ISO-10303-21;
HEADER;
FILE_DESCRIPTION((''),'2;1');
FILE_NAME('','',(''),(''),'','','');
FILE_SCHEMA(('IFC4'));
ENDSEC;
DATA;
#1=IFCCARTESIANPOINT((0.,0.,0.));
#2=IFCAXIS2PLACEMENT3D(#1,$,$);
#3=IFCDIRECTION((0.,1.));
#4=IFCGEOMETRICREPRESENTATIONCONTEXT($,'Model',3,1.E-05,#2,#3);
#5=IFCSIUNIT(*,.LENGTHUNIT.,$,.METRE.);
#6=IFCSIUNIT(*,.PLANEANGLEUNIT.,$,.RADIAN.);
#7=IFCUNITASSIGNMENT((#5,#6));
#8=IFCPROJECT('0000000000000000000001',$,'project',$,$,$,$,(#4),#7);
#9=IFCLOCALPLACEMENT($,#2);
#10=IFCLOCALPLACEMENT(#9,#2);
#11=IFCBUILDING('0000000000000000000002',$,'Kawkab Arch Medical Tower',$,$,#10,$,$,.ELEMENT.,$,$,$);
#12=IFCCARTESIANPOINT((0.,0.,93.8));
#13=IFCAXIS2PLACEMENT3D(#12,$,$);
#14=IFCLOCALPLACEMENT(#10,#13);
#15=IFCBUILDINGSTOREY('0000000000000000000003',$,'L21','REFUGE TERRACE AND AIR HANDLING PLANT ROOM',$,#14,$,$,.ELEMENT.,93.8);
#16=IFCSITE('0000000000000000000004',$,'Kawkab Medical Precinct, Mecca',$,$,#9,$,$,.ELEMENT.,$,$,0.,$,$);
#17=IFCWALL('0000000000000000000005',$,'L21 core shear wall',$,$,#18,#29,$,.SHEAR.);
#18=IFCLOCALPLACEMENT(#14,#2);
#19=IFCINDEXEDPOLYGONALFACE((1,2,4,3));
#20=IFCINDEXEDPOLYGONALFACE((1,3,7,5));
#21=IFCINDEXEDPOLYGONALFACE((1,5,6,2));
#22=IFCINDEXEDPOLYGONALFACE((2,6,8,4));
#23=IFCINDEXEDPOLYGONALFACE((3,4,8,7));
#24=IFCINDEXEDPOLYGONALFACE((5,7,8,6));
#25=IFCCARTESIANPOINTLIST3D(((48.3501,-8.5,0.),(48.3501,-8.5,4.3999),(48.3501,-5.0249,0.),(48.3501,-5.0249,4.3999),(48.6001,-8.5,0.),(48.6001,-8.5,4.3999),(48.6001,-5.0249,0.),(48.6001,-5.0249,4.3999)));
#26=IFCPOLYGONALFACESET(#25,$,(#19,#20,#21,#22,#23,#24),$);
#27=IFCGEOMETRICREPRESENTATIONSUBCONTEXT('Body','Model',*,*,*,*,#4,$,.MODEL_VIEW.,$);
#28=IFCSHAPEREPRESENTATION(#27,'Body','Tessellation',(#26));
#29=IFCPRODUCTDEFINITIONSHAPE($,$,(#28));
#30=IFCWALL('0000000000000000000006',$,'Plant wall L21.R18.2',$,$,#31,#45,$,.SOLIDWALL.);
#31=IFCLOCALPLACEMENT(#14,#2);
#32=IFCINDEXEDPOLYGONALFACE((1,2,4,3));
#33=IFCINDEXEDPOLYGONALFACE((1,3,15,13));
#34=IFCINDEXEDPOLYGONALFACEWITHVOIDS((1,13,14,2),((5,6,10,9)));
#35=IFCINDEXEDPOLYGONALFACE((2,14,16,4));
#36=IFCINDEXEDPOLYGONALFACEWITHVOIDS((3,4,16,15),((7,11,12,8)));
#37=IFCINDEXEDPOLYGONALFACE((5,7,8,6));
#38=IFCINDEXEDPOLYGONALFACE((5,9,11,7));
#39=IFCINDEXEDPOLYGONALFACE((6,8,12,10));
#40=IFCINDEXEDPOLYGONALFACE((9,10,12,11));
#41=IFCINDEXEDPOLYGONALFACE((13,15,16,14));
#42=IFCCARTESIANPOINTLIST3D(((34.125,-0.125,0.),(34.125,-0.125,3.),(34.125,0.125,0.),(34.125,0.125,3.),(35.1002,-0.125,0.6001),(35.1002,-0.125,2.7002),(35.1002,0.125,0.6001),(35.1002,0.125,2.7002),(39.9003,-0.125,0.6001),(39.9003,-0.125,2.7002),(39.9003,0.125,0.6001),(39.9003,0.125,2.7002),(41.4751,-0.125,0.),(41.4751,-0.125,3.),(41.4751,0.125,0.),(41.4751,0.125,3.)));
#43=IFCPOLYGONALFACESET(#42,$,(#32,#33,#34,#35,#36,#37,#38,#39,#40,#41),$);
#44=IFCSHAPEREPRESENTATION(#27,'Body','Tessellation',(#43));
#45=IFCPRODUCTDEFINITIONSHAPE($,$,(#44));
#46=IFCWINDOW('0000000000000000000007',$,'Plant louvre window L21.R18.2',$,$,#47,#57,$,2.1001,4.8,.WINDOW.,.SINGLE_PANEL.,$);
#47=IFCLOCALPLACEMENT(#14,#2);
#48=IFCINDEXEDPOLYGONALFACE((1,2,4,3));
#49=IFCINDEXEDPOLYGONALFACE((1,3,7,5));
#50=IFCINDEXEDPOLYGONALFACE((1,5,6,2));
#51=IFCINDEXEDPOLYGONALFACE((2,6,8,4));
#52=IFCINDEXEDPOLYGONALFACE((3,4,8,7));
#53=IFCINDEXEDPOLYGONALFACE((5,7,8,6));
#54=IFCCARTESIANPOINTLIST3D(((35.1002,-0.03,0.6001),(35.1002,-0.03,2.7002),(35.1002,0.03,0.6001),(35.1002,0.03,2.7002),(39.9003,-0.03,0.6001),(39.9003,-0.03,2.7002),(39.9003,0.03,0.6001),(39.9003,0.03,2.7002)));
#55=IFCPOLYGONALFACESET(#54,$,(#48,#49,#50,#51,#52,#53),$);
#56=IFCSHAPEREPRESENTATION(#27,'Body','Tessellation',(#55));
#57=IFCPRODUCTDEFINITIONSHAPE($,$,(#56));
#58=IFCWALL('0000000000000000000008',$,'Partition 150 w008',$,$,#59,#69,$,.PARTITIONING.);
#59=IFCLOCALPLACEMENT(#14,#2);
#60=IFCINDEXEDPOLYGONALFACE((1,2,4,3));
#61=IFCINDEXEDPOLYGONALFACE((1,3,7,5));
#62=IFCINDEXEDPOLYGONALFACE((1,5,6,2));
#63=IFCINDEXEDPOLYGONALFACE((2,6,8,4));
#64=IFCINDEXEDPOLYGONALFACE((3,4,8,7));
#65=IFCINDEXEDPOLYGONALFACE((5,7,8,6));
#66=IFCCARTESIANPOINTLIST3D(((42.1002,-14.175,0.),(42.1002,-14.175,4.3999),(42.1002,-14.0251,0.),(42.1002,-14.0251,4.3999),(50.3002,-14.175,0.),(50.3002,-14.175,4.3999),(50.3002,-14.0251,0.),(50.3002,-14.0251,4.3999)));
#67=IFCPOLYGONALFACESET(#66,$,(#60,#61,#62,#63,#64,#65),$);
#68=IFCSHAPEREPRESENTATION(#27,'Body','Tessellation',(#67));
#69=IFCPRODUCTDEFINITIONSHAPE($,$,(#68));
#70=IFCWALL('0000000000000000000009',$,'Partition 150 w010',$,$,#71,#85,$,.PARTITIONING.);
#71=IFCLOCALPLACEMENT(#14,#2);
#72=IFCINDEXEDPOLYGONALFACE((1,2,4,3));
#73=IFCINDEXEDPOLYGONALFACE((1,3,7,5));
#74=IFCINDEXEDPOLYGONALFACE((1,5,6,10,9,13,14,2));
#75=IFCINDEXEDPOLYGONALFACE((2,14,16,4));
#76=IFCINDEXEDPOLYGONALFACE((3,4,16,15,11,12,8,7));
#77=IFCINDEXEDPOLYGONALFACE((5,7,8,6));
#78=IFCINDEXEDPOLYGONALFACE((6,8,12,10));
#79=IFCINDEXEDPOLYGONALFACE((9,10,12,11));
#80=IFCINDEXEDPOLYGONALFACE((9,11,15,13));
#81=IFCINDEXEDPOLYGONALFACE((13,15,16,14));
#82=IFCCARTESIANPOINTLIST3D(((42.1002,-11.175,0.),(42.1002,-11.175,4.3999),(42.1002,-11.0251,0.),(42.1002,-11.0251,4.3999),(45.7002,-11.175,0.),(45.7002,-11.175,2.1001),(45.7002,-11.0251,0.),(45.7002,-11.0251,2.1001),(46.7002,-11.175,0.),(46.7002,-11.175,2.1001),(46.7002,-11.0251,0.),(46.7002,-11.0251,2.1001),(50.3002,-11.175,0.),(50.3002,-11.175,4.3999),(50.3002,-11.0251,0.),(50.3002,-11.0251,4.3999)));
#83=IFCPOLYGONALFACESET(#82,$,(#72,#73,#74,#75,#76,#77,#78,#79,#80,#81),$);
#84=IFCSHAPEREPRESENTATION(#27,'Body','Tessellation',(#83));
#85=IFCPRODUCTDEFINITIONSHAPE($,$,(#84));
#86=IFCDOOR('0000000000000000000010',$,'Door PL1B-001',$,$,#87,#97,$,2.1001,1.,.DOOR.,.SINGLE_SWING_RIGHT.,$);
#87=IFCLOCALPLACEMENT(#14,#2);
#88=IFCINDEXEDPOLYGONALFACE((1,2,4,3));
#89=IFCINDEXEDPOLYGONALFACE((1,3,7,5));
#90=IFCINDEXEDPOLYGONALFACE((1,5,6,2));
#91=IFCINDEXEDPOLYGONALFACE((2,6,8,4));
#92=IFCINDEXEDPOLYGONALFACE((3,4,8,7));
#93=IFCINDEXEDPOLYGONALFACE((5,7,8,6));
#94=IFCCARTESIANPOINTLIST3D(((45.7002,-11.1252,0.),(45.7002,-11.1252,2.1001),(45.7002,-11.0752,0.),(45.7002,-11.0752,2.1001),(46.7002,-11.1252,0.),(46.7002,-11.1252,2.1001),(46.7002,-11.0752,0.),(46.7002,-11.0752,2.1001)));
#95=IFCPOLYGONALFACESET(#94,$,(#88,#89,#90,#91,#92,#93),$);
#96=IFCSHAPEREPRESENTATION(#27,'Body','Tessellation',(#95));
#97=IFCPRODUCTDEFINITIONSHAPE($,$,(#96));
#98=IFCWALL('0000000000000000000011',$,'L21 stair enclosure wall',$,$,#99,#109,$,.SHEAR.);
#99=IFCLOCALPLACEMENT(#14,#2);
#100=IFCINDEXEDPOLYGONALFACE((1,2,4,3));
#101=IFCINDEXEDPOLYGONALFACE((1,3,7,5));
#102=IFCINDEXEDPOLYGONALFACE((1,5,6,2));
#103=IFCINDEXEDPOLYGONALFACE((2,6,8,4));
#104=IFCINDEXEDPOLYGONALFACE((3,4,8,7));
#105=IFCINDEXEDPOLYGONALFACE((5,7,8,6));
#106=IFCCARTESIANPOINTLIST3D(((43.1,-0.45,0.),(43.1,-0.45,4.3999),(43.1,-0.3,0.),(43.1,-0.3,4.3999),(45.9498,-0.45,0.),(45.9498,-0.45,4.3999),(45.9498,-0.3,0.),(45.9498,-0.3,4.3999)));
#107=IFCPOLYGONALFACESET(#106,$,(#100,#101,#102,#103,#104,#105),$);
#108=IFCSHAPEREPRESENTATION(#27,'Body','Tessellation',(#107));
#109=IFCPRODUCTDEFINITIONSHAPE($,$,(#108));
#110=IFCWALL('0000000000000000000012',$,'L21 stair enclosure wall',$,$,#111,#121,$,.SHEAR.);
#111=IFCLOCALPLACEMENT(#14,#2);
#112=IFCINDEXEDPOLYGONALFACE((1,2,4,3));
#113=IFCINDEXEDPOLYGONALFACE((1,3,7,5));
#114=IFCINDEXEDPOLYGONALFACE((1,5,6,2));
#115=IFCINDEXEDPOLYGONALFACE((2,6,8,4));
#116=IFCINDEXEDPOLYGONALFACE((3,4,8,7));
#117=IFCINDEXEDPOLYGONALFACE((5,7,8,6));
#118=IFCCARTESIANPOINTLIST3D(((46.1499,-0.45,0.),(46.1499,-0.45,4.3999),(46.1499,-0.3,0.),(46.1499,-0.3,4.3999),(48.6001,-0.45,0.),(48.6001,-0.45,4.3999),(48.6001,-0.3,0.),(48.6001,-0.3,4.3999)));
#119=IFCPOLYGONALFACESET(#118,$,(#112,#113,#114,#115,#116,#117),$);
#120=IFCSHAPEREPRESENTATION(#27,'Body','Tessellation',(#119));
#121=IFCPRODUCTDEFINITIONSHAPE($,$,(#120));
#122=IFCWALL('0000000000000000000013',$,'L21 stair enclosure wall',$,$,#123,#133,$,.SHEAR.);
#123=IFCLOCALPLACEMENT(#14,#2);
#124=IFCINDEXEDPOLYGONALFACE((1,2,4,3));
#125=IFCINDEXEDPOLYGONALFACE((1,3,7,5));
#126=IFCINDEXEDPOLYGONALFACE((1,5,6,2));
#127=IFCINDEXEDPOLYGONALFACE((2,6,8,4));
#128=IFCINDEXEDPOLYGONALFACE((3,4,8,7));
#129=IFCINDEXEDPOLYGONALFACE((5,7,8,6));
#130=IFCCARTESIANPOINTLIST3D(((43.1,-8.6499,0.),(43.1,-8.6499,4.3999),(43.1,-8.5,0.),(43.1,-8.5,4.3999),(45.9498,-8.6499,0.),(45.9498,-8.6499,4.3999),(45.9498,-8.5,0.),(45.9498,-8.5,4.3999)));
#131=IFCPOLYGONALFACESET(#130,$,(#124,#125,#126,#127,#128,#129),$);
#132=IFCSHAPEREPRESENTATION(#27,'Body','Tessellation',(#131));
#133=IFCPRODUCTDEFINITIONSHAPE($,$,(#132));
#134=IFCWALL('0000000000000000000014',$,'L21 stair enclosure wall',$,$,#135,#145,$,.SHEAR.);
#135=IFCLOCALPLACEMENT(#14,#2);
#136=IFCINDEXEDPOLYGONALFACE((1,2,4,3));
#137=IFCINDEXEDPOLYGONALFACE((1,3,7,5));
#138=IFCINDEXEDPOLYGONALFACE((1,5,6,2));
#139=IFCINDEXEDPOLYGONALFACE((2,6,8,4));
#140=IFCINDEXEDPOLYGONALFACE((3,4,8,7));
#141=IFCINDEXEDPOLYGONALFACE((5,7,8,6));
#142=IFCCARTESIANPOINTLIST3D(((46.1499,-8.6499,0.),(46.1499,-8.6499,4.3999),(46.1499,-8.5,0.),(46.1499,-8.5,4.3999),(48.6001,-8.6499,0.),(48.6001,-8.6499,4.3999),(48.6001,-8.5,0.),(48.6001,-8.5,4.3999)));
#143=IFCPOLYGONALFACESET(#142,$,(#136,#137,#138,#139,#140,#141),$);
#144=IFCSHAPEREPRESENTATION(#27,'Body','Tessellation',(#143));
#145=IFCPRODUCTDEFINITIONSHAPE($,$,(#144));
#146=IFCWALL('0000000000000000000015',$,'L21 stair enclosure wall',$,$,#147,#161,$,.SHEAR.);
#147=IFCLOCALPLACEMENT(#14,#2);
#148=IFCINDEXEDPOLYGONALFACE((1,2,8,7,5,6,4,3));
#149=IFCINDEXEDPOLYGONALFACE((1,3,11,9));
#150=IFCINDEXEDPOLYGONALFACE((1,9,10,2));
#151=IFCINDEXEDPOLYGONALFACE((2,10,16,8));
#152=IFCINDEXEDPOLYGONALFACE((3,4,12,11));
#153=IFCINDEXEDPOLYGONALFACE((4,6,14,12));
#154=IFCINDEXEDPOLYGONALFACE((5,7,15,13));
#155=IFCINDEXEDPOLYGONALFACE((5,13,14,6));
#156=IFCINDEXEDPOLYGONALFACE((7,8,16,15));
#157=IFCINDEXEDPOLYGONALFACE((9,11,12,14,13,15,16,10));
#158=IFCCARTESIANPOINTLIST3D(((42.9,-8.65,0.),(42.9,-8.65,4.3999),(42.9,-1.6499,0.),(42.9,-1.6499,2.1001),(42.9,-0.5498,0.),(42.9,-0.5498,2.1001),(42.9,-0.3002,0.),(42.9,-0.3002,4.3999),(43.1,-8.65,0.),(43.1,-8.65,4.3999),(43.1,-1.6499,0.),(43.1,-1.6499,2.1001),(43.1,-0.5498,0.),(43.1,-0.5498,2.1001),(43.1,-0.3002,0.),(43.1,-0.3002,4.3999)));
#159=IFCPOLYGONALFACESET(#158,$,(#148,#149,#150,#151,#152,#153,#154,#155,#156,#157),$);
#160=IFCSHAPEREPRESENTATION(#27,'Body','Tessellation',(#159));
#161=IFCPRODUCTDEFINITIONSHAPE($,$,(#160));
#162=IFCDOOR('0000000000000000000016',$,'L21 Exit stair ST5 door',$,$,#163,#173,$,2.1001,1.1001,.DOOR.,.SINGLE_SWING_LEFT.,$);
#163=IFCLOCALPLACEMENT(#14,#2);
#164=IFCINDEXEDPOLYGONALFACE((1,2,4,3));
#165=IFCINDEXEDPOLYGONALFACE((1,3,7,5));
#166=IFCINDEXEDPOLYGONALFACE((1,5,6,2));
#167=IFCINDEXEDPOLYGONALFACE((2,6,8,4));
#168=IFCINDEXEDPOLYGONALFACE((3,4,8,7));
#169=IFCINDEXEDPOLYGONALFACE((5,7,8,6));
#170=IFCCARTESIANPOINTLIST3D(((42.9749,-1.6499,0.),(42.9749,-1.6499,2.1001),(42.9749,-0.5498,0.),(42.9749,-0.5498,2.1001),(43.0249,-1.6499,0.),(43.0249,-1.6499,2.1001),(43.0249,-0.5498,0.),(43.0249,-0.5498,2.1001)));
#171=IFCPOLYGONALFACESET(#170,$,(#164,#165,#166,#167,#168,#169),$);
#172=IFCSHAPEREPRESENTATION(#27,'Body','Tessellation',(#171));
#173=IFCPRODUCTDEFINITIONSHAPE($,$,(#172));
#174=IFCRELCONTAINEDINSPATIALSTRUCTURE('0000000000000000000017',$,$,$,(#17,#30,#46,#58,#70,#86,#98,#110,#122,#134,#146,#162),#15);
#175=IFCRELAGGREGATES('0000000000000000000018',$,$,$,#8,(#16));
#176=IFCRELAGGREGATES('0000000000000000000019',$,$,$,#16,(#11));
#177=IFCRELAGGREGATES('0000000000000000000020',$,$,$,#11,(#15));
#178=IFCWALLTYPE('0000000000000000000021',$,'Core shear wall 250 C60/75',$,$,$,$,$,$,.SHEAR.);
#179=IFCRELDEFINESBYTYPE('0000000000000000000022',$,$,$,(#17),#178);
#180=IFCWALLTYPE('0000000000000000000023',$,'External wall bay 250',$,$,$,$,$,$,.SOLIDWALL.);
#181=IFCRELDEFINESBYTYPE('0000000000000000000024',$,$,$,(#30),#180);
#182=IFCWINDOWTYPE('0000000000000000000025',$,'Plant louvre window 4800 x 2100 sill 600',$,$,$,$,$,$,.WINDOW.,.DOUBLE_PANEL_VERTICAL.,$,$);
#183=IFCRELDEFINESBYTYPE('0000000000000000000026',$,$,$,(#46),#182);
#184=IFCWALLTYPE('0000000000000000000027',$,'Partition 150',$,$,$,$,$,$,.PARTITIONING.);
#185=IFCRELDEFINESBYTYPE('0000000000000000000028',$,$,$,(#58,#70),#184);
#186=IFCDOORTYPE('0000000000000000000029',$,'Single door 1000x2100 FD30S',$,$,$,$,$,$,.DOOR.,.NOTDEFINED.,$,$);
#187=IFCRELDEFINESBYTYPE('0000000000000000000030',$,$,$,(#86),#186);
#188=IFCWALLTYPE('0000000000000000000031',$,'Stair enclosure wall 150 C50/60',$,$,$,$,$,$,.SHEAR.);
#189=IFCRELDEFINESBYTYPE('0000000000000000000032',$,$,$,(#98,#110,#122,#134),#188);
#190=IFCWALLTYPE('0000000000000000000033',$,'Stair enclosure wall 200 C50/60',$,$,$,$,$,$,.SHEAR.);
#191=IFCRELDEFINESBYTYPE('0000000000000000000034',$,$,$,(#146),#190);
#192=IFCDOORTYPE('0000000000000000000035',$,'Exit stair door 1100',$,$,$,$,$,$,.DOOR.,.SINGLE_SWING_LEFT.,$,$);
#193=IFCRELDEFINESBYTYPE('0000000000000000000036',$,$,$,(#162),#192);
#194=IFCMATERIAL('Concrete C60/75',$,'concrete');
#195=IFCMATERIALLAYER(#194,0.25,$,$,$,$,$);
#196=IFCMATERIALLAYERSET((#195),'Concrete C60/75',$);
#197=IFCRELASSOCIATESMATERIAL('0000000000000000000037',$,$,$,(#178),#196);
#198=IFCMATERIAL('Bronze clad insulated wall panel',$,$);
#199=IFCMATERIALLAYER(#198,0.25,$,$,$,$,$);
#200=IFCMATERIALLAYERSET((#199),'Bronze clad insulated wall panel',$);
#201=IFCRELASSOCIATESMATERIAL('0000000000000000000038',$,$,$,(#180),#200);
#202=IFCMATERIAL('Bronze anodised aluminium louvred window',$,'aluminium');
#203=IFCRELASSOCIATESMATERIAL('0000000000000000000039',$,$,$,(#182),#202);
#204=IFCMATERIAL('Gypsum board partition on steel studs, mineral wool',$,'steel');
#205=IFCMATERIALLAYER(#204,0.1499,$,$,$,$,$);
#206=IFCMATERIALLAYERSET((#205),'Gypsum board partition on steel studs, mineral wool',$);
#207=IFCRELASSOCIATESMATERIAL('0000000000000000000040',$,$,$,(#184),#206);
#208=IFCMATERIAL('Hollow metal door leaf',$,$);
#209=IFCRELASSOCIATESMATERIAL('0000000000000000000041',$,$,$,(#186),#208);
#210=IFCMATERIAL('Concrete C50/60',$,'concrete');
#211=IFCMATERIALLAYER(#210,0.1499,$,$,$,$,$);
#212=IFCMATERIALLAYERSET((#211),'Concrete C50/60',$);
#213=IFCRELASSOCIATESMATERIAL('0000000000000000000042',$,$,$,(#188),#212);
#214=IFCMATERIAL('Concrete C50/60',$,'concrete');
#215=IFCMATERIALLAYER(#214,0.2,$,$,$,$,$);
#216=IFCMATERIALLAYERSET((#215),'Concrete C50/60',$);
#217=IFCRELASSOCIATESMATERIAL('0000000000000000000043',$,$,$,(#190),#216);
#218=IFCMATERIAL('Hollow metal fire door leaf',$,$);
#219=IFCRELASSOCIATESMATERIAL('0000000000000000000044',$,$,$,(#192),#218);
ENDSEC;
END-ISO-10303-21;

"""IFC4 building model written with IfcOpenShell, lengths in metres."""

from ifc_helpers import new_model, si_unit, direction, frame, frame_2d, origin, place, context, subcontext, project, spatial, rectangle, extrude, material, layer, layer_set, type_object, element, fill, save


model = new_model("IFC4")

# Units and contexts
model_context = context("Model", 3, precision=1e-05, world=origin(), true_north=direction((0.0, 1.0)))
body_context = subcontext(model_context, "Body", "Model", "MODEL_VIEW")
ifc_project = project(units=[si_unit("LENGTHUNIT", "METRE"), si_unit("PLANEANGLEUNIT", "RADIAN")], contexts=[model_context])

# Site, building, storey
site_placement = place(None, origin())
site = spatial("IfcSite", under=ifc_project, at=site_placement, Name="Kawkab Medical Precinct, Mecca", CompositionType="ELEMENT", RefElevation=0.0)
building_placement = place(site_placement, origin())
building = spatial("IfcBuilding", under=site, at=building_placement, Name="Kawkab Arch Medical Tower", CompositionType="ELEMENT")
storey_placement = place(building_placement, frame((0.0, 0.0, 93.8)))
storey = spatial("IfcBuildingStorey", under=building, at=storey_placement, Name="L21", Description="REFUGE TERRACE AND AIR HANDLING PLANT ROOM", CompositionType="ELEMENT", Elevation=93.8)

# Shared definitions
ifc_material_1 = material(Name="Concrete C60/75", Category="concrete")
ifc_layer_1 = layer(ifc_material_1, 0.25)
ifc_layer_set_1 = layer_set([ifc_layer_1], Name="Concrete C60/75")
wall_type_1 = type_object("IfcWallType", Name="Core shear wall 250 C60/75", PredefinedType="SHEAR", material=ifc_layer_set_1)

# Wall
wall_1_placement = place(storey_placement, frame((48.4751, -8.5, 0.0), z_axis=(0.0, 0.0, 1.0), x_axis=(0.0, 1.0, 0.0)))
element("IfcWall", 1, at=wall_1_placement, inside=storey, type_object=wall_type_1, Name="L21 core shear wall", PredefinedType="SHEAR", context=body_context, shape_type="SweptSolid", body=[
    extrude(rectangle(XDim=3.4751, YDim=0.25, at=frame_2d((1.7375, 0.0))), origin(), (0.0, 0.0, 1.0), 4.3999),
])

# Wall, opening, window
ifc_material_2 = material(Name="Bronze clad insulated wall panel")
ifc_layer_2 = layer(ifc_material_2, 0.25)
ifc_layer_set_2 = layer_set([ifc_layer_2], Name="Bronze clad insulated wall panel")
wall_type_2 = type_object("IfcWallType", Name="External wall bay 250", PredefinedType="SOLIDWALL", material=ifc_layer_set_2)
wall_2_placement = place(storey_placement, frame((41.4751, 0.0, 0.0), z_axis=(0.0, 0.0, 1.0), x_axis=(-1.0, 0.0, 0.0)))
wall_2 = element("IfcWall", 2, at=wall_2_placement, inside=storey, type_object=wall_type_2, Name="Plant wall L21.R18.2", PredefinedType="SOLIDWALL", context=body_context, shape_type="SweptSolid", body=[
    extrude(rectangle(XDim=7.3501, YDim=0.25, at=frame_2d((3.675, 0.0))), origin(), (0.0, 0.0, 1.0), 3.0),
])
opening_1_placement = place(wall_2_placement, frame((1.575, 0.0, 0.6001)))
opening_1 = element("IfcOpeningElement", 3, at=opening_1_placement, cuts=wall_2, PredefinedType="OPENING", context=body_context, shape_type="SweptSolid", body=[
    extrude(rectangle(XDim=4.8, YDim=2.1001, at=frame_2d((2.3999, 1.05))), frame((0.0, 0.135, 0.0), z_axis=(0.0, -1.0, 0.0), x_axis=(1.0, 0.0, 0.0)), (0.0, 0.0, 1.0), 0.27),
])
ifc_material_3 = material(Name="Bronze anodised aluminium louvred window", Category="aluminium")
window_type = type_object("IfcWindowType", Name="Plant louvre window 4800 x 2100 sill 600", PartitioningType="DOUBLE_PANEL_VERTICAL", PredefinedType="WINDOW", material=ifc_material_3)
window_placement = place(opening_1_placement, origin())
window = element("IfcWindow", 4, at=window_placement, inside=storey, type_object=window_type, Name="Plant louvre window L21.R18.2", OverallHeight=2.1001, OverallWidth=4.8, PartitioningType="SINGLE_PANEL", PredefinedType="WINDOW", context=body_context, shape_type="SweptSolid", body=[
    extrude(rectangle(XDim=4.8, YDim=2.1001, at=frame_2d((2.3999, 1.05))), frame((0.0, 0.03, 0.0), z_axis=(0.0, -1.0, 0.0), x_axis=(1.0, 0.0, 0.0)), (0.0, 0.0, 1.0), 0.0601),
])
fill(opening_1, window)

# Wall
ifc_material_4 = material(Name="Gypsum board partition on steel studs, mineral wool", Category="steel")
ifc_layer_3 = layer(ifc_material_4, 0.1499)
ifc_layer_set_3 = layer_set([ifc_layer_3], Name="Gypsum board partition on steel studs, mineral wool")
wall_type_3 = type_object("IfcWallType", Name="Partition 150", PredefinedType="PARTITIONING", material=ifc_layer_set_3)
wall_3_placement = place(storey_placement, frame((42.1001, -14.1001, 0.0), z_axis=(0.0, 0.0, 1.0), x_axis=(1.0, 0.0, 0.0)))
element("IfcWall", 5, at=wall_3_placement, inside=storey, type_object=wall_type_3, Name="Partition 150 w008", PredefinedType="PARTITIONING", context=body_context, shape_type="SweptSolid", body=[
    extrude(rectangle(XDim=8.2, YDim=0.1499, at=frame_2d((4.1001, 0.0))), origin(), (0.0, 0.0, 1.0), 4.3999),
])

# Wall, opening, door
wall_4_placement = place(storey_placement, frame((42.1001, -11.1001, 0.0), z_axis=(0.0, 0.0, 1.0), x_axis=(1.0, 0.0, 0.0)))
wall_4 = element("IfcWall", 6, at=wall_4_placement, inside=storey, type_object=wall_type_3, Name="Partition 150 w010", PredefinedType="PARTITIONING", context=body_context, shape_type="SweptSolid", body=[
    extrude(rectangle(XDim=8.2, YDim=0.1499, at=frame_2d((4.1001, 0.0))), origin(), (0.0, 0.0, 1.0), 4.3999),
])
opening_2_placement = place(wall_4_placement, frame((3.6001, 0.0, 0.0)))
opening_2 = element("IfcOpeningElement", 7, at=opening_2_placement, cuts=wall_4, PredefinedType="OPENING", context=body_context, shape_type="SweptSolid", body=[
    extrude(rectangle(XDim=1.0, YDim=2.1001, at=frame_2d((0.5, 1.05))), frame((0.0, 0.085, 0.0), z_axis=(0.0, -1.0, 0.0), x_axis=(1.0, 0.0, 0.0)), (0.0, 0.0, 1.0), 0.1699),
])
ifc_material_5 = material(Name="Hollow metal door leaf")
door_type_1 = type_object("IfcDoorType", Name="Single door 1000x2100 FD30S", OperationType="NOTDEFINED", PredefinedType="DOOR", material=ifc_material_5)
door_1_placement = place(opening_2_placement, origin())
door_1 = element("IfcDoor", 8, at=door_1_placement, inside=storey, type_object=door_type_1, Name="Door PL1B-001", OperationType="SINGLE_SWING_RIGHT", OverallHeight=2.1001, OverallWidth=1.0, PredefinedType="DOOR", context=body_context, shape_type="SweptSolid", body=[
    extrude(rectangle(XDim=1.0, YDim=2.1001, at=frame_2d((0.5, 1.05))), frame((0.0, 0.0249, 0.0), z_axis=(0.0, -1.0, 0.0), x_axis=(1.0, 0.0, 0.0)), (0.0, 0.0, 1.0), 0.05),
])
fill(opening_2, door_1)

# Walls
ifc_material_6 = material(Name="Concrete C50/60", Category="concrete")
ifc_layer_4 = layer(ifc_material_6, 0.1499)
ifc_layer_set_4 = layer_set([ifc_layer_4], Name="Concrete C50/60")
wall_type_4 = type_object("IfcWallType", Name="Stair enclosure wall 150 C50/60", PredefinedType="SHEAR", material=ifc_layer_set_4)
wall_5_placement = place(storey_placement, frame((43.1001, -0.375, 0.0), z_axis=(0.0, 0.0, 1.0), x_axis=(1.0, 0.0, 0.0)))
element("IfcWall", 9, at=wall_5_placement, inside=storey, type_object=wall_type_4, Name="L21 stair enclosure wall", PredefinedType="SHEAR", context=body_context, shape_type="SweptSolid", body=[
    extrude(rectangle(XDim=2.8499, YDim=0.1499, at=frame_2d((1.4248, 0.0))), origin(), (0.0, 0.0, 1.0), 4.3999),
])
wall_6_placement = place(storey_placement, frame((46.1499, -0.375, 0.0), z_axis=(0.0, 0.0, 1.0), x_axis=(1.0, 0.0, 0.0)))
element("IfcWall", 10, at=wall_6_placement, inside=storey, type_object=wall_type_4, Name="L21 stair enclosure wall", PredefinedType="SHEAR", context=body_context, shape_type="SweptSolid", body=[
    extrude(rectangle(XDim=2.4502, YDim=0.1499, at=frame_2d((1.2251, 0.0))), origin(), (0.0, 0.0, 1.0), 4.3999),
])
wall_7_placement = place(storey_placement, frame((43.1001, -8.575, 0.0), z_axis=(0.0, 0.0, 1.0), x_axis=(1.0, 0.0, 0.0)))
element("IfcWall", 11, at=wall_7_placement, inside=storey, type_object=wall_type_4, Name="L21 stair enclosure wall", PredefinedType="SHEAR", context=body_context, shape_type="SweptSolid", body=[
    extrude(rectangle(XDim=2.8499, YDim=0.1499, at=frame_2d((1.4248, 0.0))), origin(), (0.0, 0.0, 1.0), 4.3999),
])
wall_8_placement = place(storey_placement, frame((46.1499, -8.575, 0.0), z_axis=(0.0, 0.0, 1.0), x_axis=(1.0, 0.0, 0.0)))
element("IfcWall", 12, at=wall_8_placement, inside=storey, type_object=wall_type_4, Name="L21 stair enclosure wall", PredefinedType="SHEAR", context=body_context, shape_type="SweptSolid", body=[
    extrude(rectangle(XDim=2.4502, YDim=0.1499, at=frame_2d((1.2251, 0.0))), origin(), (0.0, 0.0, 1.0), 4.3999),
])

# Wall, opening, door
ifc_material_7 = material(Name="Concrete C50/60", Category="concrete")
ifc_layer_5 = layer(ifc_material_7, 0.2)
ifc_layer_set_5 = layer_set([ifc_layer_5], Name="Concrete C50/60")
wall_type_5 = type_object("IfcWallType", Name="Stair enclosure wall 200 C50/60", PredefinedType="SHEAR", material=ifc_layer_set_5)
wall_9_placement = place(storey_placement, frame((43.0, -8.6499, 0.0), z_axis=(0.0, 0.0, 1.0), x_axis=(0.0, 1.0, 0.0)))
wall_9 = element("IfcWall", 13, at=wall_9_placement, inside=storey, type_object=wall_type_5, Name="L21 stair enclosure wall", PredefinedType="SHEAR", context=body_context, shape_type="SweptSolid", body=[
    extrude(rectangle(XDim=8.3499, YDim=0.2, at=frame_2d((4.1748, 0.0))), origin(), (0.0, 0.0, 1.0), 4.3999),
])
opening_3_placement = place(wall_9_placement, frame((7.0, 0.0, 0.0)))
opening_3 = element("IfcOpeningElement", 14, at=opening_3_placement, cuts=wall_9, PredefinedType="OPENING", context=body_context, shape_type="SweptSolid", body=[
    extrude(rectangle(XDim=1.1001, YDim=2.1001, at=frame_2d((0.55, 1.05))), frame((0.0, 0.1099, 0.0), z_axis=(0.0, -1.0, 0.0), x_axis=(1.0, 0.0, 0.0)), (0.0, 0.0, 1.0), 0.22),
])
ifc_material_8 = material(Name="Hollow metal fire door leaf")
door_type_2 = type_object("IfcDoorType", Name="Exit stair door 1100", OperationType="SINGLE_SWING_LEFT", PredefinedType="DOOR", material=ifc_material_8)
door_2_placement = place(opening_3_placement, frame((1.1001, 0.0, 0.0), z_axis=(0.0, 0.0, 1.0), x_axis=(-1.0, 0.0, 0.0)))
door_2 = element("IfcDoor", 15, at=door_2_placement, inside=storey, type_object=door_type_2, Name="L21 Exit stair ST5 door", OperationType="SINGLE_SWING_LEFT", OverallHeight=2.1001, OverallWidth=1.1001, PredefinedType="DOOR", context=body_context, shape_type="SweptSolid", body=[
    extrude(rectangle(XDim=1.1001, YDim=2.1001, at=frame_2d((0.55, 1.05))), frame((0.0, 0.0249, 0.0), z_axis=(0.0, -1.0, 0.0), x_axis=(1.0, 0.0, 0.0)), (0.0, 0.0, 1.0), 0.05),
])
fill(opening_3, door_2)

save(model, "model.ifc")
